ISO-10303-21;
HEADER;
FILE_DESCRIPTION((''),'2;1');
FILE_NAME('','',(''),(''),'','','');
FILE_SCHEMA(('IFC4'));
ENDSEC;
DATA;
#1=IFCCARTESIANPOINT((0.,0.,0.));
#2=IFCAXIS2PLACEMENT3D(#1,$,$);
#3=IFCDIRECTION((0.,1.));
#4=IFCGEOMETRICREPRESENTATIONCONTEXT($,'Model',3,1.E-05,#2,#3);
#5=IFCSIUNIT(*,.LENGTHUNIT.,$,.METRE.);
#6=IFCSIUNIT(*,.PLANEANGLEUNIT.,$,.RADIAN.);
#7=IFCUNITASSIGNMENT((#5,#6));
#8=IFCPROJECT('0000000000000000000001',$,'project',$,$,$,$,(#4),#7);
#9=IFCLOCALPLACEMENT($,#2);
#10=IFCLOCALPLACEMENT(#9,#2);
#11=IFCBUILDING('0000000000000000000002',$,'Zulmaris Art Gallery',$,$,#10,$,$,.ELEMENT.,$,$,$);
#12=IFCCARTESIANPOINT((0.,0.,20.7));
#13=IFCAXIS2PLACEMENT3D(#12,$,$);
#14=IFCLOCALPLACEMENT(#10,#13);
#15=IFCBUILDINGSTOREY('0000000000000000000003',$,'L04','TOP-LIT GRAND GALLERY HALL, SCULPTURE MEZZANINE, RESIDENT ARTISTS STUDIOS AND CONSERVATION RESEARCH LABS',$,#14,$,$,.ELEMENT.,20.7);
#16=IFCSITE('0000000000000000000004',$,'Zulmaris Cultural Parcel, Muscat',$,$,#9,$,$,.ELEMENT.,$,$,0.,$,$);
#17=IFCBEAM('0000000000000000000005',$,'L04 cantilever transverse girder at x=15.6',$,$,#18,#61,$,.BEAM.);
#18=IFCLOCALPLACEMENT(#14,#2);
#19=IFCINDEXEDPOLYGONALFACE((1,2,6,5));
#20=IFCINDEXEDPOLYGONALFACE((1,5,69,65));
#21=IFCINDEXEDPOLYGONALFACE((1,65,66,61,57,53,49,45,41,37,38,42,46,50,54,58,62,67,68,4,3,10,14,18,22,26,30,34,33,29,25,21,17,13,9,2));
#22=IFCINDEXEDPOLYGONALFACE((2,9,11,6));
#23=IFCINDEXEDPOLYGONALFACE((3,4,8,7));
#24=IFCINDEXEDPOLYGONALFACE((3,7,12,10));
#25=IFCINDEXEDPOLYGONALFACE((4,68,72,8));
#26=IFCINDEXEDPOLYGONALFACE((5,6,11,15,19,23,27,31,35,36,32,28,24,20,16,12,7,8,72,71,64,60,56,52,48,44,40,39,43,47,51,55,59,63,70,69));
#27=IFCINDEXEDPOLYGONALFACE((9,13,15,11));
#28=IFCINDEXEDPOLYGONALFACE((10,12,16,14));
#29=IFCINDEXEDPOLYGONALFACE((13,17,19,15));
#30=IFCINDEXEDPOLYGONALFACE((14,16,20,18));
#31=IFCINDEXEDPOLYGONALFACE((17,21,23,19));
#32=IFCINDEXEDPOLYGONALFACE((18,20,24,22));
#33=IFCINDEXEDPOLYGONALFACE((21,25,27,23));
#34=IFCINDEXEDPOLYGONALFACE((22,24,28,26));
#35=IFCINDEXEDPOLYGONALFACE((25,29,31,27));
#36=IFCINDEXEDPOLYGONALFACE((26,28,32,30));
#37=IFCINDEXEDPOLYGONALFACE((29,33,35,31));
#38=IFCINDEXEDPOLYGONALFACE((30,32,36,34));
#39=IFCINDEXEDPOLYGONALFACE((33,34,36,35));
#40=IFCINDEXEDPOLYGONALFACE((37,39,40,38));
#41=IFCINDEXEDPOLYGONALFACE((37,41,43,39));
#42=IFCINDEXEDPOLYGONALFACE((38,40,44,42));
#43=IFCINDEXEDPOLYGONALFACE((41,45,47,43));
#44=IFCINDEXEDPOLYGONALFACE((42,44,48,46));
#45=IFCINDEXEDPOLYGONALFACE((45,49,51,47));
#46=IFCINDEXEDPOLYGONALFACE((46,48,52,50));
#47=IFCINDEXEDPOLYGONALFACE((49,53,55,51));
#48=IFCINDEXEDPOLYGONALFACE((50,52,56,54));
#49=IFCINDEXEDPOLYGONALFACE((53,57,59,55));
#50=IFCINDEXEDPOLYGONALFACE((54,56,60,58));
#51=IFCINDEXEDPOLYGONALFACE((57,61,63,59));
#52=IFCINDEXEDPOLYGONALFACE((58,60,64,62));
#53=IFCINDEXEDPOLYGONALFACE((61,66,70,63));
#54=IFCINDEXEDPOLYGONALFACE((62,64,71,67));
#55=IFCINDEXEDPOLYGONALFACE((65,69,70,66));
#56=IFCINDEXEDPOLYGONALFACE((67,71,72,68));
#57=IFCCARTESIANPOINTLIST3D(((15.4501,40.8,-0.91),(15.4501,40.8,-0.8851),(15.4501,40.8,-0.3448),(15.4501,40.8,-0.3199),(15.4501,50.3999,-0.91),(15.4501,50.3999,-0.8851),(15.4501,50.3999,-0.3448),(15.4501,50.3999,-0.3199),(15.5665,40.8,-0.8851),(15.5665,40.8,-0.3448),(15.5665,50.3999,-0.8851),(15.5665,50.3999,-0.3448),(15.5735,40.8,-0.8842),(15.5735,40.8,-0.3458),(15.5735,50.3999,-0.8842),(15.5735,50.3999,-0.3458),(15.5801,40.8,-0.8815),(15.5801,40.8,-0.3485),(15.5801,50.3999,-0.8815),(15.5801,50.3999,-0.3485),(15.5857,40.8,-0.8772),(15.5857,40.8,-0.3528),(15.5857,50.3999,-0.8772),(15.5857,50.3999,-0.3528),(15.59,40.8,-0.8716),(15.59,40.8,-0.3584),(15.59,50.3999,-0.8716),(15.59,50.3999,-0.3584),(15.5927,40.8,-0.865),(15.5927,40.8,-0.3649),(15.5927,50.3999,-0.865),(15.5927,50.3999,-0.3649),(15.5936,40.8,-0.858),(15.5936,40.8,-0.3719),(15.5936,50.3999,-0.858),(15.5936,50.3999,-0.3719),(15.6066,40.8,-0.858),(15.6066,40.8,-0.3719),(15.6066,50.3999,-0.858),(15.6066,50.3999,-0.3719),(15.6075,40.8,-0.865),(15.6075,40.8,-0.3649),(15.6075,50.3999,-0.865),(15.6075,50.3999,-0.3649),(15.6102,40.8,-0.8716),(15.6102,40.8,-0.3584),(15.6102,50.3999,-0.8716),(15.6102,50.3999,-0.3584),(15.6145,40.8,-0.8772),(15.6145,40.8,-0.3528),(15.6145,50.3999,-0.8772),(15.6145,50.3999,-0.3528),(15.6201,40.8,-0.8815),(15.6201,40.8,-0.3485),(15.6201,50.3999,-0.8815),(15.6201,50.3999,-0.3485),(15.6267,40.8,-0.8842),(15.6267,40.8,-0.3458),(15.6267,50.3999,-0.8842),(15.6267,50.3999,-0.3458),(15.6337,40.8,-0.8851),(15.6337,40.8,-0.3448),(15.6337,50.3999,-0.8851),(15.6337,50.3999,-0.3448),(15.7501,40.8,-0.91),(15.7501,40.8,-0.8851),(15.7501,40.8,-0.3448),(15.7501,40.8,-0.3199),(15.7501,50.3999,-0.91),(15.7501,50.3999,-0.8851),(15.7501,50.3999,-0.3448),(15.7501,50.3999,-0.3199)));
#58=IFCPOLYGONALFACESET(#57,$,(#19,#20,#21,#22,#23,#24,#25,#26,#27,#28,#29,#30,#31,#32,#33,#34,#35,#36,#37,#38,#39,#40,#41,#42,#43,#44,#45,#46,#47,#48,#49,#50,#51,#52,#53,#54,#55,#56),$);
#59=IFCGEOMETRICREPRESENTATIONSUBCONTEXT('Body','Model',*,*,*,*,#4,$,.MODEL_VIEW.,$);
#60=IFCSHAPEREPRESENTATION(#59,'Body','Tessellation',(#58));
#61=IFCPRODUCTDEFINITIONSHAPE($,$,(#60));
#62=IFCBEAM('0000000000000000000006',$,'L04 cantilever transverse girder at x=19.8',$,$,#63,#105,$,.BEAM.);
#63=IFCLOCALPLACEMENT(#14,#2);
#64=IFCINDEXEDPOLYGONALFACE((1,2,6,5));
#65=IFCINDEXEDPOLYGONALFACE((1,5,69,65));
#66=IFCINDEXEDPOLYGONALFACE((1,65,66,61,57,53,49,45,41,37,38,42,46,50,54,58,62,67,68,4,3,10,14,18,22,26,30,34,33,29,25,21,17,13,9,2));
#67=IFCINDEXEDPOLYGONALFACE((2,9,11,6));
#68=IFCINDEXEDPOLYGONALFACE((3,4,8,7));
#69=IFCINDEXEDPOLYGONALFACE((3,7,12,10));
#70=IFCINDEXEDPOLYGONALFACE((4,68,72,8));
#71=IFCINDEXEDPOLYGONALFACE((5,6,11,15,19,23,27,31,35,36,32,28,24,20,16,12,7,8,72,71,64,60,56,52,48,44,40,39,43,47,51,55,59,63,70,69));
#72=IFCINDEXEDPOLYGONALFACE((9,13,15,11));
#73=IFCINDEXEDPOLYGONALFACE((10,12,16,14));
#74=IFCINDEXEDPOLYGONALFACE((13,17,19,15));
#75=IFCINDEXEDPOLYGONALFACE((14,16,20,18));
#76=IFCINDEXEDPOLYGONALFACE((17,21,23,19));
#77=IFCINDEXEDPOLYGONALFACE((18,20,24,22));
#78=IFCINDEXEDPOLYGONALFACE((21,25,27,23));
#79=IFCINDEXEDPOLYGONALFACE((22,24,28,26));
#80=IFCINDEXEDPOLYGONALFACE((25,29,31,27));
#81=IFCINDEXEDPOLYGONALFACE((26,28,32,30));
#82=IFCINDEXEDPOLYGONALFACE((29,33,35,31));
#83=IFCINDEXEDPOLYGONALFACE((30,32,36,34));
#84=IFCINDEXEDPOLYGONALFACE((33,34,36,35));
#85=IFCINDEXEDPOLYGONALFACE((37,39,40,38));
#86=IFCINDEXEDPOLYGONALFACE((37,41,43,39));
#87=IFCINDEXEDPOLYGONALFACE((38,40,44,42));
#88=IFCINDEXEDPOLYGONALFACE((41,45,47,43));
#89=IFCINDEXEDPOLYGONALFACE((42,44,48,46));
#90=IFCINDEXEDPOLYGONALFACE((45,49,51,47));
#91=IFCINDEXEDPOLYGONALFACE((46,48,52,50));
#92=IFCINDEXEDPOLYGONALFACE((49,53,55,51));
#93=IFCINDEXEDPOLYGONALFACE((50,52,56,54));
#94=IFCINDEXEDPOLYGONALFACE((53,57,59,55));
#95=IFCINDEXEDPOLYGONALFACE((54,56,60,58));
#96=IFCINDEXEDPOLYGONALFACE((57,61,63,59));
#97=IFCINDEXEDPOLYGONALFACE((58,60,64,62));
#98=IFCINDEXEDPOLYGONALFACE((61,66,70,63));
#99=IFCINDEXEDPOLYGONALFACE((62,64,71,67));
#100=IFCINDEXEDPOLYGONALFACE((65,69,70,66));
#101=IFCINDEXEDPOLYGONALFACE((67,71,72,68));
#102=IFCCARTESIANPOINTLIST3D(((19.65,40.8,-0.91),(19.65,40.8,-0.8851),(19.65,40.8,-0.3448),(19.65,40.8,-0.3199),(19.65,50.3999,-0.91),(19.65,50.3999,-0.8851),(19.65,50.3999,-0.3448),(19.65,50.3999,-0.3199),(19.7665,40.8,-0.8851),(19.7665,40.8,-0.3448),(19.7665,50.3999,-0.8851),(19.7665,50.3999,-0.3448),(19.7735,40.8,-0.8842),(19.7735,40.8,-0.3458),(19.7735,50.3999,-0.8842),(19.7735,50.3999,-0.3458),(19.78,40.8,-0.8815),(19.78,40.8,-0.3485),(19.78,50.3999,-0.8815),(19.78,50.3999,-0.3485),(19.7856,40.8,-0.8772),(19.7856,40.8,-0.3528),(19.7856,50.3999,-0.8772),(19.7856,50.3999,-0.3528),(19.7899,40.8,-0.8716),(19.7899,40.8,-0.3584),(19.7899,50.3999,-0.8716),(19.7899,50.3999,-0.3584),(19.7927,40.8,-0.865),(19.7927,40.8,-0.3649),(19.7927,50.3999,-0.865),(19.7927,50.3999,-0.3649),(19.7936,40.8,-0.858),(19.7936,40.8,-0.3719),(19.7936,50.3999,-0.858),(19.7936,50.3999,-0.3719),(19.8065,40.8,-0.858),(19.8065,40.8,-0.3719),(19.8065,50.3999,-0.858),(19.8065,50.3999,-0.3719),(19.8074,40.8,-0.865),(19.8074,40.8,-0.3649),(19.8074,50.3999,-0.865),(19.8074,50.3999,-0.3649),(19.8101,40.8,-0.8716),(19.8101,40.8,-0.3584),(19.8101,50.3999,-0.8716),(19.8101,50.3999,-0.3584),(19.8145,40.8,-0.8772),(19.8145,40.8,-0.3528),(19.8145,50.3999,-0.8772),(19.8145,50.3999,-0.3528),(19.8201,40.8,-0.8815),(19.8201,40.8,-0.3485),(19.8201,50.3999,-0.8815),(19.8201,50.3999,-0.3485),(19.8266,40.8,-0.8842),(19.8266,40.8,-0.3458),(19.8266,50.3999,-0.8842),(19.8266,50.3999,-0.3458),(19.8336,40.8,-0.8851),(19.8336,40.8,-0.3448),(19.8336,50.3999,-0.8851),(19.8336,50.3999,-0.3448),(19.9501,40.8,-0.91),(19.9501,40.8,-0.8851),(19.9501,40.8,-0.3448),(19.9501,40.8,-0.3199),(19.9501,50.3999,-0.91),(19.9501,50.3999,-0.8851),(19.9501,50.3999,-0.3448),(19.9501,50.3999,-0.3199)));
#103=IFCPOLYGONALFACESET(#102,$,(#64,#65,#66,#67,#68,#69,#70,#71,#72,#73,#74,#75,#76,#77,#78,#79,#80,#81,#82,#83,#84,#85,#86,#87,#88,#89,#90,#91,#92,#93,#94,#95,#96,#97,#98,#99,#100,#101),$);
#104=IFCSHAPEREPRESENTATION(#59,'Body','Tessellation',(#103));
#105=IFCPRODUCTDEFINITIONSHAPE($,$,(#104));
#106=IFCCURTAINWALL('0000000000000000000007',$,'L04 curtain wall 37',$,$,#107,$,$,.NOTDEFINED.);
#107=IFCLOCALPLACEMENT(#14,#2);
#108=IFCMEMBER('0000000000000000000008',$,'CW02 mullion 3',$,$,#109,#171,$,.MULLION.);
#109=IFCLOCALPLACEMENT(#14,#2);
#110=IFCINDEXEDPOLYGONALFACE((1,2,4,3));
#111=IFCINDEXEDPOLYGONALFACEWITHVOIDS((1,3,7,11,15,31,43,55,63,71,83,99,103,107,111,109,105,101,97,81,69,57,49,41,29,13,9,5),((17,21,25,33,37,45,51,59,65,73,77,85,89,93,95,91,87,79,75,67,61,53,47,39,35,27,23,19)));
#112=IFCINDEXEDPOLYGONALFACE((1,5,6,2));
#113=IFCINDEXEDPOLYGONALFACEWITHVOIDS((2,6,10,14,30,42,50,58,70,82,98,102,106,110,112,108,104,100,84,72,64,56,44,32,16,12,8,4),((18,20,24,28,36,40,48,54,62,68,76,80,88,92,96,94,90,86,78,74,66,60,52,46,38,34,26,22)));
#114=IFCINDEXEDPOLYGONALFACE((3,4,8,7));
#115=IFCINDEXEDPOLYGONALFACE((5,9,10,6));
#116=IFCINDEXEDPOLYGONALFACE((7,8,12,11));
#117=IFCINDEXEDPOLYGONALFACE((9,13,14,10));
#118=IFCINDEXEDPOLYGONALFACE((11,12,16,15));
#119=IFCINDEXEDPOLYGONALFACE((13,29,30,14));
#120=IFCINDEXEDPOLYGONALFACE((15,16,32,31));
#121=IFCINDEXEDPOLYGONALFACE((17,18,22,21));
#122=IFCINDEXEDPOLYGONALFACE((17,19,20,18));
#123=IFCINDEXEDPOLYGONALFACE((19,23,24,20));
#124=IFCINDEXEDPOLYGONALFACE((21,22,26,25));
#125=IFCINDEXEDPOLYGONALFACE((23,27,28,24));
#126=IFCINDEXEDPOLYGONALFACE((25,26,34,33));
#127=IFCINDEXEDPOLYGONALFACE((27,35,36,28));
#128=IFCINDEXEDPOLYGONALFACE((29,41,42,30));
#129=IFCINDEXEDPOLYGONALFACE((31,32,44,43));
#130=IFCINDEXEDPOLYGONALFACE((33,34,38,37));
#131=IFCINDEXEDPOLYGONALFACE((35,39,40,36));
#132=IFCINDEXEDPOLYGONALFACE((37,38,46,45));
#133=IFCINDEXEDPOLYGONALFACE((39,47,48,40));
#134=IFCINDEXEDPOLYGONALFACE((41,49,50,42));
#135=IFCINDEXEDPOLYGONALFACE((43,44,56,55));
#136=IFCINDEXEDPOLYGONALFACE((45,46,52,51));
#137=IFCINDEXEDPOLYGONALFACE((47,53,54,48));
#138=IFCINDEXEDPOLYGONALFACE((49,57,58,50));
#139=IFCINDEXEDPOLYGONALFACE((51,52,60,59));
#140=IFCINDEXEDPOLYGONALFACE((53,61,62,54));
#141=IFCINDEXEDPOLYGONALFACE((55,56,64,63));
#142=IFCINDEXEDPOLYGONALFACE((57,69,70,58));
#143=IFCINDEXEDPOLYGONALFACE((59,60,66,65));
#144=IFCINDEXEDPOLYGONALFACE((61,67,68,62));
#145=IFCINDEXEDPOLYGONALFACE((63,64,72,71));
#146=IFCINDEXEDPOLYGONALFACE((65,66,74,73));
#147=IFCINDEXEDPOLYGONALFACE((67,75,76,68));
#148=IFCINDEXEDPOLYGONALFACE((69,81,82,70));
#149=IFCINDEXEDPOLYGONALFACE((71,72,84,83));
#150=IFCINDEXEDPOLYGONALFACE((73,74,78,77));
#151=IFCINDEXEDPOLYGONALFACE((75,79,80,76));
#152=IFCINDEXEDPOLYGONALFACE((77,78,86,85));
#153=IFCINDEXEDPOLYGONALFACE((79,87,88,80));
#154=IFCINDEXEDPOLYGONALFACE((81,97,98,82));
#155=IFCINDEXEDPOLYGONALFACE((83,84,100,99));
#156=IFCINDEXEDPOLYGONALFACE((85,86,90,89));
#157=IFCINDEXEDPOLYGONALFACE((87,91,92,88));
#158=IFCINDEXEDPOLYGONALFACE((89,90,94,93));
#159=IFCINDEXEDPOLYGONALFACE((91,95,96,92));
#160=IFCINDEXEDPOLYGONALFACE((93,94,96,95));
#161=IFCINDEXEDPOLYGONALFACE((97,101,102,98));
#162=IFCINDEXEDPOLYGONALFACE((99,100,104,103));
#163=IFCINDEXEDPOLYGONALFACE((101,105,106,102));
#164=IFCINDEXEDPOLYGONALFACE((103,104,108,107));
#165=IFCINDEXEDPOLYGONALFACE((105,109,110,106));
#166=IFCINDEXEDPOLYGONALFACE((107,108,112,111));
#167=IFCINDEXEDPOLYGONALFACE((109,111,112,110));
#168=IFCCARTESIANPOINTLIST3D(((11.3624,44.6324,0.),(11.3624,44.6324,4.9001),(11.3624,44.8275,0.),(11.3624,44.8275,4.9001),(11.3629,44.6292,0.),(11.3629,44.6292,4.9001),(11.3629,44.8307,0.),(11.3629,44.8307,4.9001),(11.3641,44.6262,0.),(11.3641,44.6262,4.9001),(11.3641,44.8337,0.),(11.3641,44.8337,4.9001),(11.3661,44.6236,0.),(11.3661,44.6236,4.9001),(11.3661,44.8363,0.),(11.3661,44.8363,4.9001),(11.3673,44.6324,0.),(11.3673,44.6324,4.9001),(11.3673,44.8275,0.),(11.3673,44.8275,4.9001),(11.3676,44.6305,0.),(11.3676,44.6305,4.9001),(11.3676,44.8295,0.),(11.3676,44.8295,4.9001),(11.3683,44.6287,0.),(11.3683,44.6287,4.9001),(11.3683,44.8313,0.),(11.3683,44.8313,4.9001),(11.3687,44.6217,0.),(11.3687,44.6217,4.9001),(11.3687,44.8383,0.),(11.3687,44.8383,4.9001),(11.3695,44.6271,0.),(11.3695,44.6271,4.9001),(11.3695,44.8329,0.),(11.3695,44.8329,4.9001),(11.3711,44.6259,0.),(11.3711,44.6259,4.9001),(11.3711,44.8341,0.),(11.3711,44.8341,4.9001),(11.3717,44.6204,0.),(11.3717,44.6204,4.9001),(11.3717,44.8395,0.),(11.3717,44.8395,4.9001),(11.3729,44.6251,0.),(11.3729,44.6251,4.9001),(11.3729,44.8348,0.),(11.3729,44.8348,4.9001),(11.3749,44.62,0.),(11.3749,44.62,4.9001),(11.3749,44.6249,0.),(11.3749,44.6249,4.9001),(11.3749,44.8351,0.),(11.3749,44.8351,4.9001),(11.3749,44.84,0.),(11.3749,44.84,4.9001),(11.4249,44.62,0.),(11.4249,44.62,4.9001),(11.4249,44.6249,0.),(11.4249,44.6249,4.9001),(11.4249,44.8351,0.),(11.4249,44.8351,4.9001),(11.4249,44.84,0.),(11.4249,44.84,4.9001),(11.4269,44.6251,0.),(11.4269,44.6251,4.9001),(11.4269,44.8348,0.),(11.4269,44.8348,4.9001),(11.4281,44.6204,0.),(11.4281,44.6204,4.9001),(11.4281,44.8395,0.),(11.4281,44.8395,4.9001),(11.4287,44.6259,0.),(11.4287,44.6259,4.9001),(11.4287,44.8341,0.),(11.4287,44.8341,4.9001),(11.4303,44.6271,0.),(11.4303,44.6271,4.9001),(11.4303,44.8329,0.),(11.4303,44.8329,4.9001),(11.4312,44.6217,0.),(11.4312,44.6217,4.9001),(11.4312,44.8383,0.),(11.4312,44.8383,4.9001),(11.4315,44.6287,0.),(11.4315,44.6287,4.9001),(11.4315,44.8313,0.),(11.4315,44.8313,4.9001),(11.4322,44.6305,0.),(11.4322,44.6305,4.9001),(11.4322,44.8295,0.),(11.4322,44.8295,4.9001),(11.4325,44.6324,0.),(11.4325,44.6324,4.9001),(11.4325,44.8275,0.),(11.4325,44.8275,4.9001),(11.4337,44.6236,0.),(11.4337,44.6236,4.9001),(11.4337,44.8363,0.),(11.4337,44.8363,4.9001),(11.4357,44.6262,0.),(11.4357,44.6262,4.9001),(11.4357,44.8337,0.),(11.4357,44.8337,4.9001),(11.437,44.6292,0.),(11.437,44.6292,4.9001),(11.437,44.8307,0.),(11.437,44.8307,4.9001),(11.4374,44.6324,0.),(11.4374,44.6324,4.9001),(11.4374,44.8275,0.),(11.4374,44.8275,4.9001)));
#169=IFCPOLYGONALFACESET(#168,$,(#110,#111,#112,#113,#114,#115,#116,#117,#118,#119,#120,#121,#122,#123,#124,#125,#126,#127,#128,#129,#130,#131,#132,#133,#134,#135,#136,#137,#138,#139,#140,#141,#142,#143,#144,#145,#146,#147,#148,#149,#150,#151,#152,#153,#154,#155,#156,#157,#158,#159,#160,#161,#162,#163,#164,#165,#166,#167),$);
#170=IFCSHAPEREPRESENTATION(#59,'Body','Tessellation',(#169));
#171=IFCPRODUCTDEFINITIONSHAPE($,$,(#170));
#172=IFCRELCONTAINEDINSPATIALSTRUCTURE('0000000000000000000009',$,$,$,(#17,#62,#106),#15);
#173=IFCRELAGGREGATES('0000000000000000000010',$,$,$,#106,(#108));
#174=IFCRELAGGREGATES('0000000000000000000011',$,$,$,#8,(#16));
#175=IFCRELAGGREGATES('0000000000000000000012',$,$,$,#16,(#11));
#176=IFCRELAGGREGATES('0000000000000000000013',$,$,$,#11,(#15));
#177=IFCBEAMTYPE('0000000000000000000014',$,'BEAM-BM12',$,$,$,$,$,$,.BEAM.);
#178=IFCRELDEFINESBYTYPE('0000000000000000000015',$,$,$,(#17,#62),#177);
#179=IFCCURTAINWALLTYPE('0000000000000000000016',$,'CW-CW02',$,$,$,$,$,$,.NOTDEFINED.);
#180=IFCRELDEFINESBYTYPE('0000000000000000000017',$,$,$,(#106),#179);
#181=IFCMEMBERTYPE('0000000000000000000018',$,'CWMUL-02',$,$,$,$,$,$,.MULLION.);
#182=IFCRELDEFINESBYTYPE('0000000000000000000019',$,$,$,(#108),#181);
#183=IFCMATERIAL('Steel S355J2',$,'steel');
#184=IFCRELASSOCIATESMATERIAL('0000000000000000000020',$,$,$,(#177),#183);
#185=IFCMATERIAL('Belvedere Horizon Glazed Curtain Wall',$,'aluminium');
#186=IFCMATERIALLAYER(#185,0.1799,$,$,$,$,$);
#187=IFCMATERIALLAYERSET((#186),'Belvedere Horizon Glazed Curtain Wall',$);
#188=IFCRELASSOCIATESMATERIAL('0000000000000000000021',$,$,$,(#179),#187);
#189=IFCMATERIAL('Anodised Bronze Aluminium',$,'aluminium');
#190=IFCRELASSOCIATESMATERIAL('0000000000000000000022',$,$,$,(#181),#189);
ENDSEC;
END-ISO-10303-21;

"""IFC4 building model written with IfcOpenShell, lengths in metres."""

from ifc_helpers import new_model, si_unit, direction, frame, origin, origin_2d, place, context, subcontext, project, spatial, hollow_rectangle, i_section, extrude, material, layer, layer_set, material_profile, profile_set, type_object, element, aggregate, save


model = new_model("IFC4")

# Units and contexts
model_context = context("Model", 3, precision=1e-05, world=origin(), true_north=direction((0.0, 1.0)))
body_context = subcontext(model_context, "Body", "Model", "MODEL_VIEW")
ifc_project = project(units=[si_unit("LENGTHUNIT", "METRE"), si_unit("PLANEANGLEUNIT", "RADIAN")], contexts=[model_context])

# Site, building, storey
site_placement = place(None, origin())
site = spatial("IfcSite", under=ifc_project, at=site_placement, Name="Zulmaris Cultural Parcel, Muscat", CompositionType="ELEMENT", RefElevation=0.0)
building_placement = place(site_placement, origin())
building = spatial("IfcBuilding", under=site, at=building_placement, Name="Zulmaris Art Gallery", CompositionType="ELEMENT")
storey_placement = place(building_placement, frame((0.0, 0.0, 20.7)))
storey = spatial("IfcBuildingStorey", under=building, at=storey_placement, Name="L04", Description="TOP-LIT GRAND GALLERY HALL, SCULPTURE MEZZANINE, RESIDENT ARTISTS STUDIOS AND CONSERVATION RESEARCH LABS", CompositionType="ELEMENT", Elevation=20.7)

# Beams
ifc_material_1 = material(Name="Steel S355J2", Category="steel")
ifc_material_profile_1 = material_profile(ifc_material_1, i_section(OverallWidth=0.3, OverallDepth=0.5901, WebThickness=0.0129, FlangeThickness=0.0249, FilletRadius=0.0271, at=origin_2d()), Name="HEA 600")
ifc_profile_set_1 = profile_set([ifc_material_profile_1], Name="Steel S355J2")
beam_type = type_object("IfcBeamType", Name="BEAM-BM12", PredefinedType="BEAM", material=ifc_profile_set_1)
for number, where, z_axis, x_axis, name in (
    (1, (15.6001, 40.8, -0.615), (0.0, 1.0, 0.0), (-1.0, 0.0, 0.0), "L04 cantilever transverse girder at x=15.6"),
    (2, (19.8, 40.8, -0.615), (0.0, 1.0, 0.0), (-1.0, 0.0, 0.0), "L04 cantilever transverse girder at x=19.8"),
):
    element("IfcBeam", number, at=place(storey_placement, frame(where, z_axis=z_axis, x_axis=x_axis)), inside=storey, type_object=beam_type, Name=name, PredefinedType="BEAM", context=body_context, shape_type="SweptSolid", body=[
        extrude(i_section(OverallWidth=0.3, OverallDepth=0.5901, WebThickness=0.0129, FlangeThickness=0.0249, FilletRadius=0.0271, at=origin_2d()), origin(), (0.0, 0.0, 1.0), 9.5999),
    ])

# Curtain wall, member
ifc_material_2 = material(Name="Belvedere Horizon Glazed Curtain Wall", Category="aluminium")
ifc_layer_1 = layer(ifc_material_2, 0.1799)
ifc_layer_set_1 = layer_set([ifc_layer_1], Name="Belvedere Horizon Glazed Curtain Wall")
curtain_wall_type = type_object("IfcCurtainWallType", Name="CW-CW02", PredefinedType="NOTDEFINED", material=ifc_layer_set_1)
curtain_wall_placement = place(storey_placement, origin())
curtain_wall = element("IfcCurtainWall", 3, at=curtain_wall_placement, inside=storey, type_object=curtain_wall_type, Name="L04 curtain wall 37", PredefinedType="NOTDEFINED")
ifc_material_3 = material(Name="Anodised Bronze Aluminium", Category="aluminium")
ifc_material_profile_2 = material_profile(ifc_material_3, hollow_rectangle(XDim=0.075, YDim=0.22, WallThickness=0.0049, InnerFilletRadius=0.0076, OuterFilletRadius=0.0125, at=origin_2d()), Name="ALU 75x220x5")
ifc_profile_set_2 = profile_set([ifc_material_profile_2], Name="Anodised Bronze Aluminium")
member_type_1 = type_object("IfcMemberType", Name="CWMUL-02", PredefinedType="MULLION", material=ifc_profile_set_2)
member_1_placement = place(storey_placement, frame((11.3999, 44.73, 0.0), z_axis=(0.0, 0.0, 1.0), x_axis=(-1.0, 0.0, 0.0)))
member_1 = element("IfcMember", 4, at=member_1_placement, type_object=member_type_1, Name="CW02 mullion 3", PredefinedType="MULLION", context=body_context, shape_type="SweptSolid", body=[
    extrude(hollow_rectangle(XDim=0.075, YDim=0.22, WallThickness=0.0049, InnerFilletRadius=0.0076, OuterFilletRadius=0.0125, at=origin_2d()), origin(), (0.0, 0.0, 1.0), 4.9001),
])

aggregate(curtain_wall, [member_1])

save(model, "model.ifc")
